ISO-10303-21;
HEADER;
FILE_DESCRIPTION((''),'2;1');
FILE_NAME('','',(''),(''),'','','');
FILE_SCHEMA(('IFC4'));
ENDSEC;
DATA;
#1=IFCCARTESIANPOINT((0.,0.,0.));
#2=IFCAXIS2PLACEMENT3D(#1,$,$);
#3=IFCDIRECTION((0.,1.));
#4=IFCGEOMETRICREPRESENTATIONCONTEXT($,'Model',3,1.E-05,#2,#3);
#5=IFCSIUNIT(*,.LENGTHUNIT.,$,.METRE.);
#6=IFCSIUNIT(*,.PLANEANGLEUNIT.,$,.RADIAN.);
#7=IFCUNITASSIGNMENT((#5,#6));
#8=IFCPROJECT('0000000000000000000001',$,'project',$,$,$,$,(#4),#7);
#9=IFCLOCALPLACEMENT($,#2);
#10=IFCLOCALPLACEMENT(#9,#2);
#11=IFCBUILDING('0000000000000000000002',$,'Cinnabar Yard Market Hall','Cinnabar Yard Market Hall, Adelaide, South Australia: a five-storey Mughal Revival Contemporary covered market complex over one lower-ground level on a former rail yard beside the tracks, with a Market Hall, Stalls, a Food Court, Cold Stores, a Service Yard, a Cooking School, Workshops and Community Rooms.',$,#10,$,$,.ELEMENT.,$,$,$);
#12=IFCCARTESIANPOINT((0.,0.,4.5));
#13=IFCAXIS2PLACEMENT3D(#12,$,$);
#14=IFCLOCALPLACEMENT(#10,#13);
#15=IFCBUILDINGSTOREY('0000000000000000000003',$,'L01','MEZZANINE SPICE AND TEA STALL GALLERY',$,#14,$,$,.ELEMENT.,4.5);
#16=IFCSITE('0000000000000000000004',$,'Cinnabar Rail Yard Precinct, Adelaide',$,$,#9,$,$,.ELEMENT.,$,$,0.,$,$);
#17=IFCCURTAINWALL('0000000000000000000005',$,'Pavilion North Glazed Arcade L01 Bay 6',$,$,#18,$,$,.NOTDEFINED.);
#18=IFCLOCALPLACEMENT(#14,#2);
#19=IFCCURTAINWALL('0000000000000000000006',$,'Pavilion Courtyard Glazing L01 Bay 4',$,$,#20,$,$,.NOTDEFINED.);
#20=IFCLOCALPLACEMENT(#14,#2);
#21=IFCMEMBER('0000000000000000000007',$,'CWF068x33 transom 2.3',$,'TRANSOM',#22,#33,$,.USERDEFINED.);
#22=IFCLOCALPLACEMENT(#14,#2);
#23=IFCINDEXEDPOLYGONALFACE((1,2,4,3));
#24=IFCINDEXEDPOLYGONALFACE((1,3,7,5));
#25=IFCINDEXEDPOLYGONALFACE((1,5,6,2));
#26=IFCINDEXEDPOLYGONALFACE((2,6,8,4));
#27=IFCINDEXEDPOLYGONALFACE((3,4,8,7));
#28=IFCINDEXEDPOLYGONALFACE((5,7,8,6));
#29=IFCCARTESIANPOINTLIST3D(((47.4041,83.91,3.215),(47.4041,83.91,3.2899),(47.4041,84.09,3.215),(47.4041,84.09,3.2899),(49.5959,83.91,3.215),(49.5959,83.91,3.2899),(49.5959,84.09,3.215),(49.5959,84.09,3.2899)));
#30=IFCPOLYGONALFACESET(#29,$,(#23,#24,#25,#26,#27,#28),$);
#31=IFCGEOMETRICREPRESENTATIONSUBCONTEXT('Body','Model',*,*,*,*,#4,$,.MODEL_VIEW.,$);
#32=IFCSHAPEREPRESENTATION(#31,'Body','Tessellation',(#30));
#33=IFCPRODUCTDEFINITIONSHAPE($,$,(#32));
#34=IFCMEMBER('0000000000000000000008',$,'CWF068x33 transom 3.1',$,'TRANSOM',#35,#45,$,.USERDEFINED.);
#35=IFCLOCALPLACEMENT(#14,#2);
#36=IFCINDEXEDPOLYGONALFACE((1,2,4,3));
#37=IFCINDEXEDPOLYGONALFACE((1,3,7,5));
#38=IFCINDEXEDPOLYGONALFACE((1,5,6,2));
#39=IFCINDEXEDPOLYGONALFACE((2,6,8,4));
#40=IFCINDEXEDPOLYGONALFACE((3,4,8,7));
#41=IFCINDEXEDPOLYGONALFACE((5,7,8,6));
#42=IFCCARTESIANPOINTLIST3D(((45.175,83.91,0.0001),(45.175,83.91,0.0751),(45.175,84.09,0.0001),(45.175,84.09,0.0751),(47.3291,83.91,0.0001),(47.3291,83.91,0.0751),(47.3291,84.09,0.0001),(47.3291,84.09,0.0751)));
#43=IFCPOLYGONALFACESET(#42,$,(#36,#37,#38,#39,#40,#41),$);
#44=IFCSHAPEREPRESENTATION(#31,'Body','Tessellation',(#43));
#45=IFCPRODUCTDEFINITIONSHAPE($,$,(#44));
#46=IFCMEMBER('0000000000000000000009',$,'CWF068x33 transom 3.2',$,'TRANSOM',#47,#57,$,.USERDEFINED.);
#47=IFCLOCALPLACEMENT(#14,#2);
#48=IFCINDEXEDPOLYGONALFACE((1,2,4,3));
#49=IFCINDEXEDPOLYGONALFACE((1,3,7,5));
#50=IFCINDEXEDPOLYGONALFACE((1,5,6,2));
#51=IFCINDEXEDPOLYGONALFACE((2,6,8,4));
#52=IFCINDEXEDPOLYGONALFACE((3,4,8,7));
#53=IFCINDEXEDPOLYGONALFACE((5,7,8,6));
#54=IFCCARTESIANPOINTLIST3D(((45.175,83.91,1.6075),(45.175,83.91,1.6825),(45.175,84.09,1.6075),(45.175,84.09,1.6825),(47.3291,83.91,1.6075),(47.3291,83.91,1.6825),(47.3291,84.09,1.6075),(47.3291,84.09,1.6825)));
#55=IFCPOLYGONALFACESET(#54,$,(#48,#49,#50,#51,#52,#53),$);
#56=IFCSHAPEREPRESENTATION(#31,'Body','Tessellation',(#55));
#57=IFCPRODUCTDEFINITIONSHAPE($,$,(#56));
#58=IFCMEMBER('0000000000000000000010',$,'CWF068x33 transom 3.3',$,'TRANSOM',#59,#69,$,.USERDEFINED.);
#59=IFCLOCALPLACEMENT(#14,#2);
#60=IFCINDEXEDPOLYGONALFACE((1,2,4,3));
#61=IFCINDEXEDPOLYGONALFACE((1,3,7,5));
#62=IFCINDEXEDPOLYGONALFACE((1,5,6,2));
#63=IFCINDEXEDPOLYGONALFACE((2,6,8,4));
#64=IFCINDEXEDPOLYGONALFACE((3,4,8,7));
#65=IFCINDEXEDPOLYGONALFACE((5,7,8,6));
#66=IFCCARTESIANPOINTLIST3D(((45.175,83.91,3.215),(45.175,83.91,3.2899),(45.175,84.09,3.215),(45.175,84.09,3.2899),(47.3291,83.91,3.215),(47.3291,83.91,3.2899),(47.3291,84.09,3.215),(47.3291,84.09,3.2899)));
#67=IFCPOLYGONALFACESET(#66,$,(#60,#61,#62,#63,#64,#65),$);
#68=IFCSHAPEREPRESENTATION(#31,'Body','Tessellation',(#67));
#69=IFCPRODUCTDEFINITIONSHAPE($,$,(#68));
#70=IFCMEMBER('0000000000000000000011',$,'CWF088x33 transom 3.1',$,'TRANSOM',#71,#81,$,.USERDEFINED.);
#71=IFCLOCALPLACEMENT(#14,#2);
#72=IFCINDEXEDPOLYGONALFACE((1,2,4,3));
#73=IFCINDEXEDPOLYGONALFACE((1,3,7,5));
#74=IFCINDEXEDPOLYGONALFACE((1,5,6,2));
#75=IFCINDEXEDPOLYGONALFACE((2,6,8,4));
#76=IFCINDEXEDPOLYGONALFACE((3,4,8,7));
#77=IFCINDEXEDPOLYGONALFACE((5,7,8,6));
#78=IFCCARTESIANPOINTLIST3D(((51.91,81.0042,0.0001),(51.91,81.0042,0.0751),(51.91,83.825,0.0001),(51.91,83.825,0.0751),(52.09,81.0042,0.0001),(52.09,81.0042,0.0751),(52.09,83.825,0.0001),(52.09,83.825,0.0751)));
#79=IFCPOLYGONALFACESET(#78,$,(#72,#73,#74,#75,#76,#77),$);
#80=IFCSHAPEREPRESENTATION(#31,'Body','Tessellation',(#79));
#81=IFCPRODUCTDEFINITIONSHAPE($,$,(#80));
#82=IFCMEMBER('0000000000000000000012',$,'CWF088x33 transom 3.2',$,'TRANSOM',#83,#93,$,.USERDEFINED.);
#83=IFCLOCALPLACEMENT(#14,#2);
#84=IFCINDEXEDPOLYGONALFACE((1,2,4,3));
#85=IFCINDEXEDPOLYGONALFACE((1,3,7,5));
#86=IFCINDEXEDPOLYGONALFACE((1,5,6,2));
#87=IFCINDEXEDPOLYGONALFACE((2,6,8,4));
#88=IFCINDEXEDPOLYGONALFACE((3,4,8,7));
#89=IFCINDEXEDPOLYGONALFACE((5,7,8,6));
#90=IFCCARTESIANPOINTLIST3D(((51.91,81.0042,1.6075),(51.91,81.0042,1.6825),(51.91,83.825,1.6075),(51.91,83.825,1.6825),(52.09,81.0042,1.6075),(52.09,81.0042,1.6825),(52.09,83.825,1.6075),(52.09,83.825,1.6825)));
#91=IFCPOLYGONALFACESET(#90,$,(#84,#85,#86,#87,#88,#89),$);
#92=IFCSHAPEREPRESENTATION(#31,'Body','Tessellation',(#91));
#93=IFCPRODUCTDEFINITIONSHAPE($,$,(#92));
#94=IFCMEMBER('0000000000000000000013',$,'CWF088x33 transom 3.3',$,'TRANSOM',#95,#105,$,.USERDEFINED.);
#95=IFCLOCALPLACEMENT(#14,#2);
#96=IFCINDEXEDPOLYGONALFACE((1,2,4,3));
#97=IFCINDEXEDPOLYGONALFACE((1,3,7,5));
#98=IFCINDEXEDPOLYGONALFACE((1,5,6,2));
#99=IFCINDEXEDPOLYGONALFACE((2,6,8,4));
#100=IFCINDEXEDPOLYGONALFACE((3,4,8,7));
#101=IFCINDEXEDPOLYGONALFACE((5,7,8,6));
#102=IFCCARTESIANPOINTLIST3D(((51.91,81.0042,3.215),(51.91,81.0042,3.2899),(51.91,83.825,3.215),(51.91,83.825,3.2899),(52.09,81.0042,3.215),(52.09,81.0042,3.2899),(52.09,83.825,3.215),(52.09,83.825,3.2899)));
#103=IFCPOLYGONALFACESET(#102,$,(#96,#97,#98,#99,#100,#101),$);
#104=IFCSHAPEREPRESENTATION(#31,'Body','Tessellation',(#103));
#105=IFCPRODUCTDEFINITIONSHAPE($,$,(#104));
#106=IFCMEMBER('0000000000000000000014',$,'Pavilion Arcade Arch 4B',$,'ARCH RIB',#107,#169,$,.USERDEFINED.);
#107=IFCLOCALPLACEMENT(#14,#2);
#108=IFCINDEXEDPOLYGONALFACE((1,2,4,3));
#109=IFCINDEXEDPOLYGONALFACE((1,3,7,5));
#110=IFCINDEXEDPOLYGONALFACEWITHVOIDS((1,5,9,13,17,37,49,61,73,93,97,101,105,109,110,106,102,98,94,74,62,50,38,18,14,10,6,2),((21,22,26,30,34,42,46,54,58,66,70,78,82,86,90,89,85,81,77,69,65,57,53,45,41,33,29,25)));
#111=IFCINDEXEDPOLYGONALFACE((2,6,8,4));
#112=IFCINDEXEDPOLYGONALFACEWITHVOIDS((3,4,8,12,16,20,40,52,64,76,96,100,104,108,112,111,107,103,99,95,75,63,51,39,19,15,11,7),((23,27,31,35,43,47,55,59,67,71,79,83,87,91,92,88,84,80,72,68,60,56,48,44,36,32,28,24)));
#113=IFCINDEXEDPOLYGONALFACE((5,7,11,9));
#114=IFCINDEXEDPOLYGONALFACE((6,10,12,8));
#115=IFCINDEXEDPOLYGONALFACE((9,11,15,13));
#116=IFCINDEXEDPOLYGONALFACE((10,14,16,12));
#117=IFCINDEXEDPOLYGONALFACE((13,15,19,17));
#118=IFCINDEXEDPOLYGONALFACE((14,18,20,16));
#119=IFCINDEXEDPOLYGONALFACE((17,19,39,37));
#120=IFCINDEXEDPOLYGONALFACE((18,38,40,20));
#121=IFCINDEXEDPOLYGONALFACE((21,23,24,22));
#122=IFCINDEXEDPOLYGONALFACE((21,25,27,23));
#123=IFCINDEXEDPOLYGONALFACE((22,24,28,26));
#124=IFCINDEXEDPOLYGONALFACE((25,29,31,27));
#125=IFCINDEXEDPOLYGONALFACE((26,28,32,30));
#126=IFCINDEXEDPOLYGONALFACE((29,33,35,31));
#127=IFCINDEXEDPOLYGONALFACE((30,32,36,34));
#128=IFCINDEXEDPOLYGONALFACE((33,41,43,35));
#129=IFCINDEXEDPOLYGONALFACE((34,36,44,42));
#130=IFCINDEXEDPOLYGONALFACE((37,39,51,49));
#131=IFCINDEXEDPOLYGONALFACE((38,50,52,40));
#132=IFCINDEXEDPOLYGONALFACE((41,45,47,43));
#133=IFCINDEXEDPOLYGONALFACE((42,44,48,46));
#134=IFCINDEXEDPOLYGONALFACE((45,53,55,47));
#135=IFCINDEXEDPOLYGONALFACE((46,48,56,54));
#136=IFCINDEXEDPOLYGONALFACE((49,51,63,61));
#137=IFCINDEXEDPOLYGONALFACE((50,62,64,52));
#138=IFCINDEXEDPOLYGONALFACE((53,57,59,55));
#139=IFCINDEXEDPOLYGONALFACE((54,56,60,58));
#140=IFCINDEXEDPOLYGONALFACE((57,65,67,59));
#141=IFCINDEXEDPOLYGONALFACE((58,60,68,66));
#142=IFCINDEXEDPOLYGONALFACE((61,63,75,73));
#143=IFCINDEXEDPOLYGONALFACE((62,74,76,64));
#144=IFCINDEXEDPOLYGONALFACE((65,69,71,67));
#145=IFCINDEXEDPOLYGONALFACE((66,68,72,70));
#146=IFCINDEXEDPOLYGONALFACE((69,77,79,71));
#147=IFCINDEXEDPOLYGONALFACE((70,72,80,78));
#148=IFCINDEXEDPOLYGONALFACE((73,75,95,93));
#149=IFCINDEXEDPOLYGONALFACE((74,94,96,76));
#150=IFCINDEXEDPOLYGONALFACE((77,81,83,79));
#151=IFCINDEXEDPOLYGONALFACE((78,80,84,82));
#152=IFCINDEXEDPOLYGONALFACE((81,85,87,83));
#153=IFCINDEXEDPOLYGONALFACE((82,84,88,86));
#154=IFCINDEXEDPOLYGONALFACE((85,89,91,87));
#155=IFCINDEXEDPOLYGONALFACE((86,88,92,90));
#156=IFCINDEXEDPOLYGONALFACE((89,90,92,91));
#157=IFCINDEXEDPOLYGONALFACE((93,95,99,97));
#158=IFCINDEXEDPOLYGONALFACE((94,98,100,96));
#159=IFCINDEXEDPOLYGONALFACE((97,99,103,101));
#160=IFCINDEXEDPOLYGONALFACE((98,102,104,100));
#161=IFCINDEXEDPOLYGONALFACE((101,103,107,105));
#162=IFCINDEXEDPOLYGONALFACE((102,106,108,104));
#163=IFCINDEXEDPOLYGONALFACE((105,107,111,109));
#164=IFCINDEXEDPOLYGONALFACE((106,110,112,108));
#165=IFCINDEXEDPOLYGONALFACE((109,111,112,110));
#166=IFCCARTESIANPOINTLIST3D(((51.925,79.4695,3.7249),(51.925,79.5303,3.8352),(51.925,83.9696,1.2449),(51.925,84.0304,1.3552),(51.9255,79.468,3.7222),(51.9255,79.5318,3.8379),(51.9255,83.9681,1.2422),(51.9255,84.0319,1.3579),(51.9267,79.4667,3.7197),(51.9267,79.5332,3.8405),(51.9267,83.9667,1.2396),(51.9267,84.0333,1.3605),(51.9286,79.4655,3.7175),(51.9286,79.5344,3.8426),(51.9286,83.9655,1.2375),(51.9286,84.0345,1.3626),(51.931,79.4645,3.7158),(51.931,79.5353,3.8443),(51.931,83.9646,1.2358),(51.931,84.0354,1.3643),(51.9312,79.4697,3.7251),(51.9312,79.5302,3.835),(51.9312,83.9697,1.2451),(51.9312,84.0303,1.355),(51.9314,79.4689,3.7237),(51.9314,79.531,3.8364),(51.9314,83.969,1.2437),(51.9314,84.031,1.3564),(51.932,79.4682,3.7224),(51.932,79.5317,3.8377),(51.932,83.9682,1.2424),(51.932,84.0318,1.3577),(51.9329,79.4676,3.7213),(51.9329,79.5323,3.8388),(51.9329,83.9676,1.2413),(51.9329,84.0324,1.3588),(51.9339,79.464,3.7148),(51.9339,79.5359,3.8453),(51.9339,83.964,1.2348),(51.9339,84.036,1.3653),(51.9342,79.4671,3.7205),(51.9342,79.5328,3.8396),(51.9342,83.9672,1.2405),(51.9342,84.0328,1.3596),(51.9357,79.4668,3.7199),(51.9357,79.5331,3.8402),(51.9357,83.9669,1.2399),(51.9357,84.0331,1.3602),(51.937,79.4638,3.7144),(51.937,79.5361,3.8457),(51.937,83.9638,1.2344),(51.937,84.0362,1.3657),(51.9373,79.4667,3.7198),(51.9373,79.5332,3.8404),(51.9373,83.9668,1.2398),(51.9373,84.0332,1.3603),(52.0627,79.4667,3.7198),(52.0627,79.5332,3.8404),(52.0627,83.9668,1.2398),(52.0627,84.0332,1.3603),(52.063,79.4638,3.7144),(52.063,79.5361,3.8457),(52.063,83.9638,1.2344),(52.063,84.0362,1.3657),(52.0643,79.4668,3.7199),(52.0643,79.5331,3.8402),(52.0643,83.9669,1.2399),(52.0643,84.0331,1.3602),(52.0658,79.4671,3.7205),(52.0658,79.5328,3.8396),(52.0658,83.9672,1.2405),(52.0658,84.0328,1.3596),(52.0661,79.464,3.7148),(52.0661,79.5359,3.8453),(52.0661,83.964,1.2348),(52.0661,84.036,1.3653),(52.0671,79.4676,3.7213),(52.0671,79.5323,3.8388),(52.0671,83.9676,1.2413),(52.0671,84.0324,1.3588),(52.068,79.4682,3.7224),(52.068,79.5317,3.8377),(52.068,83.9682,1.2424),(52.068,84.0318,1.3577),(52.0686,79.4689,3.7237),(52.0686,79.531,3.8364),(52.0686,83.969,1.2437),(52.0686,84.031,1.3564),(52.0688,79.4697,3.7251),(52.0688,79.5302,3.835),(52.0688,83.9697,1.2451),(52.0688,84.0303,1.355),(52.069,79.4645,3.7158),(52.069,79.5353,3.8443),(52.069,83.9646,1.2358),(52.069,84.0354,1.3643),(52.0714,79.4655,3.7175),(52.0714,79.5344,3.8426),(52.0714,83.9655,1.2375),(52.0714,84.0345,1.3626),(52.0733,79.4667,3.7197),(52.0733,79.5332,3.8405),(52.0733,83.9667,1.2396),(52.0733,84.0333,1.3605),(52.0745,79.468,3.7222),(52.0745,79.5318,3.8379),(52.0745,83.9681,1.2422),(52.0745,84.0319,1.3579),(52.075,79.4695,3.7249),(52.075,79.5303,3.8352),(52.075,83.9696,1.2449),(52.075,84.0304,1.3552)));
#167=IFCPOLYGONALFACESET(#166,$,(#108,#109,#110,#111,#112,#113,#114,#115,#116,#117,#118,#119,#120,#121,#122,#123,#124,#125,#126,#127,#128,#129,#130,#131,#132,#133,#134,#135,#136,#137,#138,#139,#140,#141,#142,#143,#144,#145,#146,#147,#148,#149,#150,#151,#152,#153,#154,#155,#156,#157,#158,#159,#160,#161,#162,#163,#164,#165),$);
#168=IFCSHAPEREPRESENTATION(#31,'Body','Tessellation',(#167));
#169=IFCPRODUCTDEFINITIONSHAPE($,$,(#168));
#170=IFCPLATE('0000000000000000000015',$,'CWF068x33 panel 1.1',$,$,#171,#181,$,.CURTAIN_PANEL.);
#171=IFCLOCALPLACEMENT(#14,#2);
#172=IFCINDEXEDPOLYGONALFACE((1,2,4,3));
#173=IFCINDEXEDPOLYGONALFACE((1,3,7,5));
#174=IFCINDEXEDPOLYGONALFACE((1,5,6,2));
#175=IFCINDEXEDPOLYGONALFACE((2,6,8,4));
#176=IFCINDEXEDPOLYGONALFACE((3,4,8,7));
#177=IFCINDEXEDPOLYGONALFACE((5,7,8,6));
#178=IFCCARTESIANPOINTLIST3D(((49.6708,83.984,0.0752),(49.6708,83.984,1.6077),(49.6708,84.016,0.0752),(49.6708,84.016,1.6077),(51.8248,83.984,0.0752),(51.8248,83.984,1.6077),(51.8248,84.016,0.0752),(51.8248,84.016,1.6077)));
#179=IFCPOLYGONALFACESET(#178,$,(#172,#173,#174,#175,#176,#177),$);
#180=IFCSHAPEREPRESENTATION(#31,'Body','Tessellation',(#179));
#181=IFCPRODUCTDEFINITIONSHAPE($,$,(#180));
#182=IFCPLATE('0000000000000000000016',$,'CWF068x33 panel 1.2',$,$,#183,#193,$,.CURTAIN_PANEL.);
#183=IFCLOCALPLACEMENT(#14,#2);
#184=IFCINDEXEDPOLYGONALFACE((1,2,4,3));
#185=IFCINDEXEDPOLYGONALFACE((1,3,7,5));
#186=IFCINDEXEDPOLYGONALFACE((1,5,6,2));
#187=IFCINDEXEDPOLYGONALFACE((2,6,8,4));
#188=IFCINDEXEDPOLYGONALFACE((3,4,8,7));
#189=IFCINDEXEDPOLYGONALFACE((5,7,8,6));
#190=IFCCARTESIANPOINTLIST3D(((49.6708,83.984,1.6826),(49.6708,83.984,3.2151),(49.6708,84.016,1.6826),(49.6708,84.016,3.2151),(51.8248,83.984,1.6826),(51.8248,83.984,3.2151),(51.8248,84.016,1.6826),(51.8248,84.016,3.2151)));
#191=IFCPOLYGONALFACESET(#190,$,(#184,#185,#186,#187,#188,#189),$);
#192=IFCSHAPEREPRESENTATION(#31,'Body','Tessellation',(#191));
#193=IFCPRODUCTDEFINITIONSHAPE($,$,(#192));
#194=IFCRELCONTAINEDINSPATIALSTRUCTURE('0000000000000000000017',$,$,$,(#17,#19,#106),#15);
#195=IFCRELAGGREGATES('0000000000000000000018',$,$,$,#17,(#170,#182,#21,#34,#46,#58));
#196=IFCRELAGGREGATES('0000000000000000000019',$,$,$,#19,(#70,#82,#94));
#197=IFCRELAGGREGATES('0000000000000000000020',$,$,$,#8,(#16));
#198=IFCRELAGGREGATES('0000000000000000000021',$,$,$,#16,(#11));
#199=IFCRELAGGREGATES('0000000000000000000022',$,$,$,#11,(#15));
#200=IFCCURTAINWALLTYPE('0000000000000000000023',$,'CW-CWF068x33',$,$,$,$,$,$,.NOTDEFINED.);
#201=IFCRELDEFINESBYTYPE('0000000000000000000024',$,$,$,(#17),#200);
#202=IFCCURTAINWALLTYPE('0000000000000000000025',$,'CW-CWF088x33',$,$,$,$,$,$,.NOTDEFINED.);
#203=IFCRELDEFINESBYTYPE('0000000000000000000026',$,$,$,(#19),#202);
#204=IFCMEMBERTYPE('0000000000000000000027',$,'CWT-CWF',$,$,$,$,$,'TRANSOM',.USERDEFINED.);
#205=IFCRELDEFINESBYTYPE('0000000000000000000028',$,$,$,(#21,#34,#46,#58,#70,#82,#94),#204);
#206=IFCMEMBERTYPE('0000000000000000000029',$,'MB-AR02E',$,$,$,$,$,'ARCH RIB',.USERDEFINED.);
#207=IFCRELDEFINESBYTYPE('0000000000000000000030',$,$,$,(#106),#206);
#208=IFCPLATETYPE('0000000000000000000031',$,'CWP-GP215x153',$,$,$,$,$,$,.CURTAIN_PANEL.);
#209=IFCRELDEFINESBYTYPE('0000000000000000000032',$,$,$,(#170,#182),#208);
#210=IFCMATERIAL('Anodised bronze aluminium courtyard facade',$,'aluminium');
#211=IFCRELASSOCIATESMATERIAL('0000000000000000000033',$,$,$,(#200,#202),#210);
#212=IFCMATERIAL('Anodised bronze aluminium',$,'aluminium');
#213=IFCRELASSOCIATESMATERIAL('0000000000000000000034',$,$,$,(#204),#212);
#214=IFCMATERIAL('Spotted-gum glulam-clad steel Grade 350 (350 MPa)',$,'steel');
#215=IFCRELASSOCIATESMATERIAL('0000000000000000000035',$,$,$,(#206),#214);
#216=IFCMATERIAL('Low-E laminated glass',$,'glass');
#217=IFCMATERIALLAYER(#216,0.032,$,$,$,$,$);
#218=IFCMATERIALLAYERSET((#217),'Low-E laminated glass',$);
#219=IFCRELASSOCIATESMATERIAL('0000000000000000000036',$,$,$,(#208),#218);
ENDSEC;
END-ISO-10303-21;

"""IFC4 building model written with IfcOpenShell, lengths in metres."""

from ifc_helpers import new_model, si_unit, direction, frame, origin, origin_2d_with_axis, place, context, subcontext, project, spatial, rectangle, hollow_rectangle, extrude, material, layer, layer_set, material_profile, profile_set, type_object, element, aggregate, save


model = new_model("IFC4")

# Units and contexts
model_context = context("Model", 3, precision=1e-05, world=origin(), true_north=direction((0.0, 1.0)))
body_context = subcontext(model_context, "Body", "Model", "MODEL_VIEW")
ifc_project = project(units=[si_unit("LENGTHUNIT", "METRE"), si_unit("PLANEANGLEUNIT", "RADIAN")], contexts=[model_context])

# Site, building, storey
site_placement = place(None, origin())
site = spatial("IfcSite", under=ifc_project, at=site_placement, Name="Cinnabar Rail Yard Precinct, Adelaide", CompositionType="ELEMENT", RefElevation=0.0)
building_placement = place(site_placement, origin())
building = spatial("IfcBuilding", under=site, at=building_placement, Name="Cinnabar Yard Market Hall", Description="Cinnabar Yard Market Hall, Adelaide, South Australia: a five-storey Mughal Revival Contemporary covered market complex over one lower-ground level on a former rail yard beside the tracks, with a Market Hall, Stalls, a Food Court, Cold Stores, a Service Yard, a Cooking School, Workshops and Community Rooms.", CompositionType="ELEMENT")
storey_placement = place(building_placement, frame((0.0, 0.0, 4.5)))
storey = spatial("IfcBuildingStorey", under=building, at=storey_placement, Name="L01", Description="MEZZANINE SPICE AND TEA STALL GALLERY", CompositionType="ELEMENT", Elevation=4.5)

# Curtain walls
ifc_material_1 = material(Name="Anodised bronze aluminium courtyard facade", Category="aluminium")
curtain_wall_type_1 = type_object("IfcCurtainWallType", Name="CW-CWF068x33", PredefinedType="NOTDEFINED", material=ifc_material_1)
curtain_wall_1_placement = place(storey_placement, origin())
curtain_wall_1 = element("IfcCurtainWall", 1, at=curtain_wall_1_placement, inside=storey, type_object=curtain_wall_type_1, Name="Pavilion North Glazed Arcade L01 Bay 6", PredefinedType="NOTDEFINED")
ifc_material_2 = material(Name="Anodised bronze aluminium", Category="aluminium")
curtain_wall_type_2 = type_object("IfcCurtainWallType", Name="CW-CWF088x33", PredefinedType="NOTDEFINED", material=ifc_material_1)
curtain_wall_2_placement = place(storey_placement, origin())
curtain_wall_2 = element("IfcCurtainWall", 2, at=curtain_wall_2_placement, inside=storey, type_object=curtain_wall_type_2, Name="Pavilion Courtyard Glazing L01 Bay 4", PredefinedType="NOTDEFINED")

# Members
ifc_material_profile_1 = material_profile(ifc_material_2, rectangle(XDim=0.1799, YDim=0.075, at=origin_2d_with_axis()), Name="TRN-CWF")
ifc_profile_set_1 = profile_set([ifc_material_profile_1], Name="Anodised bronze aluminium")
member_type_1 = type_object("IfcMemberType", Name="CWT-CWF", ElementType="TRANSOM", PredefinedType="USERDEFINED", material=ifc_profile_set_1)
member_1_placement = place(storey_placement, frame((49.5959, 84.0, 3.2524), z_axis=(-1.0, 0.0, 0.0), x_axis=(0.0, -1.0, 0.0)))
member_1 = element("IfcMember", 3, at=member_1_placement, type_object=member_type_1, Name="CWF068x33 transom 2.3", ObjectType="TRANSOM", PredefinedType="USERDEFINED", context=body_context, shape_type="SweptSolid", body=[
    extrude(rectangle(XDim=0.1799, YDim=0.075, at=origin_2d_with_axis()), origin(), (0.0, 0.0, 1.0), 2.1919),
])
member_2_placement = place(storey_placement, frame((47.3291, 84.0, 0.0376), z_axis=(-1.0, 0.0, 0.0), x_axis=(0.0, -1.0, 0.0)))
member_2 = element("IfcMember", 4, at=member_2_placement, type_object=member_type_1, Name="CWF068x33 transom 3.1", ObjectType="TRANSOM", PredefinedType="USERDEFINED", context=body_context, shape_type="SweptSolid", body=[
    extrude(rectangle(XDim=0.1799, YDim=0.075, at=origin_2d_with_axis()), origin(), (0.0, 0.0, 1.0), 2.1541),
])
member_3_placement = place(storey_placement, frame((47.3291, 84.0, 1.645), z_axis=(-1.0, 0.0, 0.0), x_axis=(0.0, -1.0, 0.0)))
member_3 = element("IfcMember", 5, at=member_3_placement, type_object=member_type_1, Name="CWF068x33 transom 3.2", ObjectType="TRANSOM", PredefinedType="USERDEFINED", context=body_context, shape_type="SweptSolid", body=[
    extrude(rectangle(XDim=0.1799, YDim=0.075, at=origin_2d_with_axis()), origin(), (0.0, 0.0, 1.0), 2.1541),
])
member_4_placement = place(storey_placement, frame((47.3291, 84.0, 3.2524), z_axis=(-1.0, 0.0, 0.0), x_axis=(0.0, -1.0, 0.0)))
member_4 = element("IfcMember", 6, at=member_4_placement, type_object=member_type_1, Name="CWF068x33 transom 3.3", ObjectType="TRANSOM", PredefinedType="USERDEFINED", context=body_context, shape_type="SweptSolid", body=[
    extrude(rectangle(XDim=0.1799, YDim=0.075, at=origin_2d_with_axis()), origin(), (0.0, 0.0, 1.0), 2.1541),
])
member_5_placement = place(storey_placement, frame((52.0, 81.0042, 0.0376), z_axis=(0.0, 1.0, 0.0), x_axis=(-1.0, 0.0, 0.0)))
member_5 = element("IfcMember", 7, at=member_5_placement, type_object=member_type_1, Name="CWF088x33 transom 3.1", ObjectType="TRANSOM", PredefinedType="USERDEFINED", context=body_context, shape_type="SweptSolid", body=[
    extrude(rectangle(XDim=0.1799, YDim=0.075, at=origin_2d_with_axis()), origin(), (0.0, 0.0, 1.0), 2.8208),
])
member_6_placement = place(storey_placement, frame((52.0, 81.0042, 1.645), z_axis=(0.0, 1.0, 0.0), x_axis=(-1.0, 0.0, 0.0)))
member_6 = element("IfcMember", 8, at=member_6_placement, type_object=member_type_1, Name="CWF088x33 transom 3.2", ObjectType="TRANSOM", PredefinedType="USERDEFINED", context=body_context, shape_type="SweptSolid", body=[
    extrude(rectangle(XDim=0.1799, YDim=0.075, at=origin_2d_with_axis()), origin(), (0.0, 0.0, 1.0), 2.8208),
])
member_7_placement = place(storey_placement, frame((52.0, 81.0042, 3.2524), z_axis=(0.0, 1.0, 0.0), x_axis=(-1.0, 0.0, 0.0)))
member_7 = element("IfcMember", 9, at=member_7_placement, type_object=member_type_1, Name="CWF088x33 transom 3.3", ObjectType="TRANSOM", PredefinedType="USERDEFINED", context=body_context, shape_type="SweptSolid", body=[
    extrude(rectangle(XDim=0.1799, YDim=0.075, at=origin_2d_with_axis()), origin(), (0.0, 0.0, 1.0), 2.8208),
])
ifc_material_3 = material(Name="Spotted-gum glulam-clad steel Grade 350 (350 MPa)", Category="steel")
ifc_material_profile_2 = material_profile(ifc_material_3, hollow_rectangle(XDim=0.1499, YDim=0.1499, WallThickness=0.0061, InnerFilletRadius=0.0061, OuterFilletRadius=0.012, at=origin_2d_with_axis()), Name="150x150x6.0SHS")
ifc_profile_set_2 = profile_set([ifc_material_profile_2], Name="Spotted-gum glulam-clad steel Grade 350 (350 MPa)")
member_type_2 = type_object("IfcMemberType", Name="MB-AR02E", ElementType="ARCH RIB", PredefinedType="USERDEFINED", material=ifc_profile_set_2)
member_8_placement = place(storey_placement, frame((52.0, 84.0, 1.3), z_axis=(0.0, -0.875806, 0.482663), x_axis=(1.0, 0.0, 0.0)))
element("IfcMember", 10, at=member_8_placement, inside=storey, type_object=member_type_2, Name="Pavilion Arcade Arch 4B", ObjectType="ARCH RIB", PredefinedType="USERDEFINED", context=body_context, shape_type="SweptSolid", body=[
    extrude(hollow_rectangle(XDim=0.1499, YDim=0.1499, WallThickness=0.0061, InnerFilletRadius=0.0061, OuterFilletRadius=0.012, at=origin_2d_with_axis()), origin(), (0.0, 0.0, 1.0), 5.1382),
])

# Plates
ifc_material_4 = material(Name="Low-E laminated glass", Category="glass")
ifc_layer_1 = layer(ifc_material_4, 0.032)
ifc_layer_set_1 = layer_set([ifc_layer_1], Name="Low-E laminated glass")
plate_type_1 = type_object("IfcPlateType", Name="CWP-GP215x153", PredefinedType="CURTAIN_PANEL", material=ifc_layer_set_1)
plate_1_placement = place(storey_placement, frame((50.7478, 84.0, 0.0752), z_axis=(0.0, 0.0, 1.0), x_axis=(-1.0, 0.0, 0.0)))
plate_1 = element("IfcPlate", 11, at=plate_1_placement, type_object=plate_type_1, Name="CWF068x33 panel 1.1", PredefinedType="CURTAIN_PANEL", context=body_context, shape_type="SweptSolid", body=[
    extrude(rectangle(XDim=2.1541, YDim=0.032, at=origin_2d_with_axis()), origin(), (0.0, 0.0, 1.0), 1.5325),
])
plate_2_placement = place(storey_placement, frame((50.7478, 84.0, 1.6826), z_axis=(0.0, 0.0, 1.0), x_axis=(-1.0, 0.0, 0.0)))
plate_2 = element("IfcPlate", 12, at=plate_2_placement, type_object=plate_type_1, Name="CWF068x33 panel 1.2", PredefinedType="CURTAIN_PANEL", context=body_context, shape_type="SweptSolid", body=[
    extrude(rectangle(XDim=2.1541, YDim=0.032, at=origin_2d_with_axis()), origin(), (0.0, 0.0, 1.0), 1.5325),
])
aggregate(curtain_wall_1, [plate_1, plate_2, member_1, member_2, member_3, member_4])
aggregate(curtain_wall_2, [member_5, member_6, member_7])

save(model, "model.ifc")
